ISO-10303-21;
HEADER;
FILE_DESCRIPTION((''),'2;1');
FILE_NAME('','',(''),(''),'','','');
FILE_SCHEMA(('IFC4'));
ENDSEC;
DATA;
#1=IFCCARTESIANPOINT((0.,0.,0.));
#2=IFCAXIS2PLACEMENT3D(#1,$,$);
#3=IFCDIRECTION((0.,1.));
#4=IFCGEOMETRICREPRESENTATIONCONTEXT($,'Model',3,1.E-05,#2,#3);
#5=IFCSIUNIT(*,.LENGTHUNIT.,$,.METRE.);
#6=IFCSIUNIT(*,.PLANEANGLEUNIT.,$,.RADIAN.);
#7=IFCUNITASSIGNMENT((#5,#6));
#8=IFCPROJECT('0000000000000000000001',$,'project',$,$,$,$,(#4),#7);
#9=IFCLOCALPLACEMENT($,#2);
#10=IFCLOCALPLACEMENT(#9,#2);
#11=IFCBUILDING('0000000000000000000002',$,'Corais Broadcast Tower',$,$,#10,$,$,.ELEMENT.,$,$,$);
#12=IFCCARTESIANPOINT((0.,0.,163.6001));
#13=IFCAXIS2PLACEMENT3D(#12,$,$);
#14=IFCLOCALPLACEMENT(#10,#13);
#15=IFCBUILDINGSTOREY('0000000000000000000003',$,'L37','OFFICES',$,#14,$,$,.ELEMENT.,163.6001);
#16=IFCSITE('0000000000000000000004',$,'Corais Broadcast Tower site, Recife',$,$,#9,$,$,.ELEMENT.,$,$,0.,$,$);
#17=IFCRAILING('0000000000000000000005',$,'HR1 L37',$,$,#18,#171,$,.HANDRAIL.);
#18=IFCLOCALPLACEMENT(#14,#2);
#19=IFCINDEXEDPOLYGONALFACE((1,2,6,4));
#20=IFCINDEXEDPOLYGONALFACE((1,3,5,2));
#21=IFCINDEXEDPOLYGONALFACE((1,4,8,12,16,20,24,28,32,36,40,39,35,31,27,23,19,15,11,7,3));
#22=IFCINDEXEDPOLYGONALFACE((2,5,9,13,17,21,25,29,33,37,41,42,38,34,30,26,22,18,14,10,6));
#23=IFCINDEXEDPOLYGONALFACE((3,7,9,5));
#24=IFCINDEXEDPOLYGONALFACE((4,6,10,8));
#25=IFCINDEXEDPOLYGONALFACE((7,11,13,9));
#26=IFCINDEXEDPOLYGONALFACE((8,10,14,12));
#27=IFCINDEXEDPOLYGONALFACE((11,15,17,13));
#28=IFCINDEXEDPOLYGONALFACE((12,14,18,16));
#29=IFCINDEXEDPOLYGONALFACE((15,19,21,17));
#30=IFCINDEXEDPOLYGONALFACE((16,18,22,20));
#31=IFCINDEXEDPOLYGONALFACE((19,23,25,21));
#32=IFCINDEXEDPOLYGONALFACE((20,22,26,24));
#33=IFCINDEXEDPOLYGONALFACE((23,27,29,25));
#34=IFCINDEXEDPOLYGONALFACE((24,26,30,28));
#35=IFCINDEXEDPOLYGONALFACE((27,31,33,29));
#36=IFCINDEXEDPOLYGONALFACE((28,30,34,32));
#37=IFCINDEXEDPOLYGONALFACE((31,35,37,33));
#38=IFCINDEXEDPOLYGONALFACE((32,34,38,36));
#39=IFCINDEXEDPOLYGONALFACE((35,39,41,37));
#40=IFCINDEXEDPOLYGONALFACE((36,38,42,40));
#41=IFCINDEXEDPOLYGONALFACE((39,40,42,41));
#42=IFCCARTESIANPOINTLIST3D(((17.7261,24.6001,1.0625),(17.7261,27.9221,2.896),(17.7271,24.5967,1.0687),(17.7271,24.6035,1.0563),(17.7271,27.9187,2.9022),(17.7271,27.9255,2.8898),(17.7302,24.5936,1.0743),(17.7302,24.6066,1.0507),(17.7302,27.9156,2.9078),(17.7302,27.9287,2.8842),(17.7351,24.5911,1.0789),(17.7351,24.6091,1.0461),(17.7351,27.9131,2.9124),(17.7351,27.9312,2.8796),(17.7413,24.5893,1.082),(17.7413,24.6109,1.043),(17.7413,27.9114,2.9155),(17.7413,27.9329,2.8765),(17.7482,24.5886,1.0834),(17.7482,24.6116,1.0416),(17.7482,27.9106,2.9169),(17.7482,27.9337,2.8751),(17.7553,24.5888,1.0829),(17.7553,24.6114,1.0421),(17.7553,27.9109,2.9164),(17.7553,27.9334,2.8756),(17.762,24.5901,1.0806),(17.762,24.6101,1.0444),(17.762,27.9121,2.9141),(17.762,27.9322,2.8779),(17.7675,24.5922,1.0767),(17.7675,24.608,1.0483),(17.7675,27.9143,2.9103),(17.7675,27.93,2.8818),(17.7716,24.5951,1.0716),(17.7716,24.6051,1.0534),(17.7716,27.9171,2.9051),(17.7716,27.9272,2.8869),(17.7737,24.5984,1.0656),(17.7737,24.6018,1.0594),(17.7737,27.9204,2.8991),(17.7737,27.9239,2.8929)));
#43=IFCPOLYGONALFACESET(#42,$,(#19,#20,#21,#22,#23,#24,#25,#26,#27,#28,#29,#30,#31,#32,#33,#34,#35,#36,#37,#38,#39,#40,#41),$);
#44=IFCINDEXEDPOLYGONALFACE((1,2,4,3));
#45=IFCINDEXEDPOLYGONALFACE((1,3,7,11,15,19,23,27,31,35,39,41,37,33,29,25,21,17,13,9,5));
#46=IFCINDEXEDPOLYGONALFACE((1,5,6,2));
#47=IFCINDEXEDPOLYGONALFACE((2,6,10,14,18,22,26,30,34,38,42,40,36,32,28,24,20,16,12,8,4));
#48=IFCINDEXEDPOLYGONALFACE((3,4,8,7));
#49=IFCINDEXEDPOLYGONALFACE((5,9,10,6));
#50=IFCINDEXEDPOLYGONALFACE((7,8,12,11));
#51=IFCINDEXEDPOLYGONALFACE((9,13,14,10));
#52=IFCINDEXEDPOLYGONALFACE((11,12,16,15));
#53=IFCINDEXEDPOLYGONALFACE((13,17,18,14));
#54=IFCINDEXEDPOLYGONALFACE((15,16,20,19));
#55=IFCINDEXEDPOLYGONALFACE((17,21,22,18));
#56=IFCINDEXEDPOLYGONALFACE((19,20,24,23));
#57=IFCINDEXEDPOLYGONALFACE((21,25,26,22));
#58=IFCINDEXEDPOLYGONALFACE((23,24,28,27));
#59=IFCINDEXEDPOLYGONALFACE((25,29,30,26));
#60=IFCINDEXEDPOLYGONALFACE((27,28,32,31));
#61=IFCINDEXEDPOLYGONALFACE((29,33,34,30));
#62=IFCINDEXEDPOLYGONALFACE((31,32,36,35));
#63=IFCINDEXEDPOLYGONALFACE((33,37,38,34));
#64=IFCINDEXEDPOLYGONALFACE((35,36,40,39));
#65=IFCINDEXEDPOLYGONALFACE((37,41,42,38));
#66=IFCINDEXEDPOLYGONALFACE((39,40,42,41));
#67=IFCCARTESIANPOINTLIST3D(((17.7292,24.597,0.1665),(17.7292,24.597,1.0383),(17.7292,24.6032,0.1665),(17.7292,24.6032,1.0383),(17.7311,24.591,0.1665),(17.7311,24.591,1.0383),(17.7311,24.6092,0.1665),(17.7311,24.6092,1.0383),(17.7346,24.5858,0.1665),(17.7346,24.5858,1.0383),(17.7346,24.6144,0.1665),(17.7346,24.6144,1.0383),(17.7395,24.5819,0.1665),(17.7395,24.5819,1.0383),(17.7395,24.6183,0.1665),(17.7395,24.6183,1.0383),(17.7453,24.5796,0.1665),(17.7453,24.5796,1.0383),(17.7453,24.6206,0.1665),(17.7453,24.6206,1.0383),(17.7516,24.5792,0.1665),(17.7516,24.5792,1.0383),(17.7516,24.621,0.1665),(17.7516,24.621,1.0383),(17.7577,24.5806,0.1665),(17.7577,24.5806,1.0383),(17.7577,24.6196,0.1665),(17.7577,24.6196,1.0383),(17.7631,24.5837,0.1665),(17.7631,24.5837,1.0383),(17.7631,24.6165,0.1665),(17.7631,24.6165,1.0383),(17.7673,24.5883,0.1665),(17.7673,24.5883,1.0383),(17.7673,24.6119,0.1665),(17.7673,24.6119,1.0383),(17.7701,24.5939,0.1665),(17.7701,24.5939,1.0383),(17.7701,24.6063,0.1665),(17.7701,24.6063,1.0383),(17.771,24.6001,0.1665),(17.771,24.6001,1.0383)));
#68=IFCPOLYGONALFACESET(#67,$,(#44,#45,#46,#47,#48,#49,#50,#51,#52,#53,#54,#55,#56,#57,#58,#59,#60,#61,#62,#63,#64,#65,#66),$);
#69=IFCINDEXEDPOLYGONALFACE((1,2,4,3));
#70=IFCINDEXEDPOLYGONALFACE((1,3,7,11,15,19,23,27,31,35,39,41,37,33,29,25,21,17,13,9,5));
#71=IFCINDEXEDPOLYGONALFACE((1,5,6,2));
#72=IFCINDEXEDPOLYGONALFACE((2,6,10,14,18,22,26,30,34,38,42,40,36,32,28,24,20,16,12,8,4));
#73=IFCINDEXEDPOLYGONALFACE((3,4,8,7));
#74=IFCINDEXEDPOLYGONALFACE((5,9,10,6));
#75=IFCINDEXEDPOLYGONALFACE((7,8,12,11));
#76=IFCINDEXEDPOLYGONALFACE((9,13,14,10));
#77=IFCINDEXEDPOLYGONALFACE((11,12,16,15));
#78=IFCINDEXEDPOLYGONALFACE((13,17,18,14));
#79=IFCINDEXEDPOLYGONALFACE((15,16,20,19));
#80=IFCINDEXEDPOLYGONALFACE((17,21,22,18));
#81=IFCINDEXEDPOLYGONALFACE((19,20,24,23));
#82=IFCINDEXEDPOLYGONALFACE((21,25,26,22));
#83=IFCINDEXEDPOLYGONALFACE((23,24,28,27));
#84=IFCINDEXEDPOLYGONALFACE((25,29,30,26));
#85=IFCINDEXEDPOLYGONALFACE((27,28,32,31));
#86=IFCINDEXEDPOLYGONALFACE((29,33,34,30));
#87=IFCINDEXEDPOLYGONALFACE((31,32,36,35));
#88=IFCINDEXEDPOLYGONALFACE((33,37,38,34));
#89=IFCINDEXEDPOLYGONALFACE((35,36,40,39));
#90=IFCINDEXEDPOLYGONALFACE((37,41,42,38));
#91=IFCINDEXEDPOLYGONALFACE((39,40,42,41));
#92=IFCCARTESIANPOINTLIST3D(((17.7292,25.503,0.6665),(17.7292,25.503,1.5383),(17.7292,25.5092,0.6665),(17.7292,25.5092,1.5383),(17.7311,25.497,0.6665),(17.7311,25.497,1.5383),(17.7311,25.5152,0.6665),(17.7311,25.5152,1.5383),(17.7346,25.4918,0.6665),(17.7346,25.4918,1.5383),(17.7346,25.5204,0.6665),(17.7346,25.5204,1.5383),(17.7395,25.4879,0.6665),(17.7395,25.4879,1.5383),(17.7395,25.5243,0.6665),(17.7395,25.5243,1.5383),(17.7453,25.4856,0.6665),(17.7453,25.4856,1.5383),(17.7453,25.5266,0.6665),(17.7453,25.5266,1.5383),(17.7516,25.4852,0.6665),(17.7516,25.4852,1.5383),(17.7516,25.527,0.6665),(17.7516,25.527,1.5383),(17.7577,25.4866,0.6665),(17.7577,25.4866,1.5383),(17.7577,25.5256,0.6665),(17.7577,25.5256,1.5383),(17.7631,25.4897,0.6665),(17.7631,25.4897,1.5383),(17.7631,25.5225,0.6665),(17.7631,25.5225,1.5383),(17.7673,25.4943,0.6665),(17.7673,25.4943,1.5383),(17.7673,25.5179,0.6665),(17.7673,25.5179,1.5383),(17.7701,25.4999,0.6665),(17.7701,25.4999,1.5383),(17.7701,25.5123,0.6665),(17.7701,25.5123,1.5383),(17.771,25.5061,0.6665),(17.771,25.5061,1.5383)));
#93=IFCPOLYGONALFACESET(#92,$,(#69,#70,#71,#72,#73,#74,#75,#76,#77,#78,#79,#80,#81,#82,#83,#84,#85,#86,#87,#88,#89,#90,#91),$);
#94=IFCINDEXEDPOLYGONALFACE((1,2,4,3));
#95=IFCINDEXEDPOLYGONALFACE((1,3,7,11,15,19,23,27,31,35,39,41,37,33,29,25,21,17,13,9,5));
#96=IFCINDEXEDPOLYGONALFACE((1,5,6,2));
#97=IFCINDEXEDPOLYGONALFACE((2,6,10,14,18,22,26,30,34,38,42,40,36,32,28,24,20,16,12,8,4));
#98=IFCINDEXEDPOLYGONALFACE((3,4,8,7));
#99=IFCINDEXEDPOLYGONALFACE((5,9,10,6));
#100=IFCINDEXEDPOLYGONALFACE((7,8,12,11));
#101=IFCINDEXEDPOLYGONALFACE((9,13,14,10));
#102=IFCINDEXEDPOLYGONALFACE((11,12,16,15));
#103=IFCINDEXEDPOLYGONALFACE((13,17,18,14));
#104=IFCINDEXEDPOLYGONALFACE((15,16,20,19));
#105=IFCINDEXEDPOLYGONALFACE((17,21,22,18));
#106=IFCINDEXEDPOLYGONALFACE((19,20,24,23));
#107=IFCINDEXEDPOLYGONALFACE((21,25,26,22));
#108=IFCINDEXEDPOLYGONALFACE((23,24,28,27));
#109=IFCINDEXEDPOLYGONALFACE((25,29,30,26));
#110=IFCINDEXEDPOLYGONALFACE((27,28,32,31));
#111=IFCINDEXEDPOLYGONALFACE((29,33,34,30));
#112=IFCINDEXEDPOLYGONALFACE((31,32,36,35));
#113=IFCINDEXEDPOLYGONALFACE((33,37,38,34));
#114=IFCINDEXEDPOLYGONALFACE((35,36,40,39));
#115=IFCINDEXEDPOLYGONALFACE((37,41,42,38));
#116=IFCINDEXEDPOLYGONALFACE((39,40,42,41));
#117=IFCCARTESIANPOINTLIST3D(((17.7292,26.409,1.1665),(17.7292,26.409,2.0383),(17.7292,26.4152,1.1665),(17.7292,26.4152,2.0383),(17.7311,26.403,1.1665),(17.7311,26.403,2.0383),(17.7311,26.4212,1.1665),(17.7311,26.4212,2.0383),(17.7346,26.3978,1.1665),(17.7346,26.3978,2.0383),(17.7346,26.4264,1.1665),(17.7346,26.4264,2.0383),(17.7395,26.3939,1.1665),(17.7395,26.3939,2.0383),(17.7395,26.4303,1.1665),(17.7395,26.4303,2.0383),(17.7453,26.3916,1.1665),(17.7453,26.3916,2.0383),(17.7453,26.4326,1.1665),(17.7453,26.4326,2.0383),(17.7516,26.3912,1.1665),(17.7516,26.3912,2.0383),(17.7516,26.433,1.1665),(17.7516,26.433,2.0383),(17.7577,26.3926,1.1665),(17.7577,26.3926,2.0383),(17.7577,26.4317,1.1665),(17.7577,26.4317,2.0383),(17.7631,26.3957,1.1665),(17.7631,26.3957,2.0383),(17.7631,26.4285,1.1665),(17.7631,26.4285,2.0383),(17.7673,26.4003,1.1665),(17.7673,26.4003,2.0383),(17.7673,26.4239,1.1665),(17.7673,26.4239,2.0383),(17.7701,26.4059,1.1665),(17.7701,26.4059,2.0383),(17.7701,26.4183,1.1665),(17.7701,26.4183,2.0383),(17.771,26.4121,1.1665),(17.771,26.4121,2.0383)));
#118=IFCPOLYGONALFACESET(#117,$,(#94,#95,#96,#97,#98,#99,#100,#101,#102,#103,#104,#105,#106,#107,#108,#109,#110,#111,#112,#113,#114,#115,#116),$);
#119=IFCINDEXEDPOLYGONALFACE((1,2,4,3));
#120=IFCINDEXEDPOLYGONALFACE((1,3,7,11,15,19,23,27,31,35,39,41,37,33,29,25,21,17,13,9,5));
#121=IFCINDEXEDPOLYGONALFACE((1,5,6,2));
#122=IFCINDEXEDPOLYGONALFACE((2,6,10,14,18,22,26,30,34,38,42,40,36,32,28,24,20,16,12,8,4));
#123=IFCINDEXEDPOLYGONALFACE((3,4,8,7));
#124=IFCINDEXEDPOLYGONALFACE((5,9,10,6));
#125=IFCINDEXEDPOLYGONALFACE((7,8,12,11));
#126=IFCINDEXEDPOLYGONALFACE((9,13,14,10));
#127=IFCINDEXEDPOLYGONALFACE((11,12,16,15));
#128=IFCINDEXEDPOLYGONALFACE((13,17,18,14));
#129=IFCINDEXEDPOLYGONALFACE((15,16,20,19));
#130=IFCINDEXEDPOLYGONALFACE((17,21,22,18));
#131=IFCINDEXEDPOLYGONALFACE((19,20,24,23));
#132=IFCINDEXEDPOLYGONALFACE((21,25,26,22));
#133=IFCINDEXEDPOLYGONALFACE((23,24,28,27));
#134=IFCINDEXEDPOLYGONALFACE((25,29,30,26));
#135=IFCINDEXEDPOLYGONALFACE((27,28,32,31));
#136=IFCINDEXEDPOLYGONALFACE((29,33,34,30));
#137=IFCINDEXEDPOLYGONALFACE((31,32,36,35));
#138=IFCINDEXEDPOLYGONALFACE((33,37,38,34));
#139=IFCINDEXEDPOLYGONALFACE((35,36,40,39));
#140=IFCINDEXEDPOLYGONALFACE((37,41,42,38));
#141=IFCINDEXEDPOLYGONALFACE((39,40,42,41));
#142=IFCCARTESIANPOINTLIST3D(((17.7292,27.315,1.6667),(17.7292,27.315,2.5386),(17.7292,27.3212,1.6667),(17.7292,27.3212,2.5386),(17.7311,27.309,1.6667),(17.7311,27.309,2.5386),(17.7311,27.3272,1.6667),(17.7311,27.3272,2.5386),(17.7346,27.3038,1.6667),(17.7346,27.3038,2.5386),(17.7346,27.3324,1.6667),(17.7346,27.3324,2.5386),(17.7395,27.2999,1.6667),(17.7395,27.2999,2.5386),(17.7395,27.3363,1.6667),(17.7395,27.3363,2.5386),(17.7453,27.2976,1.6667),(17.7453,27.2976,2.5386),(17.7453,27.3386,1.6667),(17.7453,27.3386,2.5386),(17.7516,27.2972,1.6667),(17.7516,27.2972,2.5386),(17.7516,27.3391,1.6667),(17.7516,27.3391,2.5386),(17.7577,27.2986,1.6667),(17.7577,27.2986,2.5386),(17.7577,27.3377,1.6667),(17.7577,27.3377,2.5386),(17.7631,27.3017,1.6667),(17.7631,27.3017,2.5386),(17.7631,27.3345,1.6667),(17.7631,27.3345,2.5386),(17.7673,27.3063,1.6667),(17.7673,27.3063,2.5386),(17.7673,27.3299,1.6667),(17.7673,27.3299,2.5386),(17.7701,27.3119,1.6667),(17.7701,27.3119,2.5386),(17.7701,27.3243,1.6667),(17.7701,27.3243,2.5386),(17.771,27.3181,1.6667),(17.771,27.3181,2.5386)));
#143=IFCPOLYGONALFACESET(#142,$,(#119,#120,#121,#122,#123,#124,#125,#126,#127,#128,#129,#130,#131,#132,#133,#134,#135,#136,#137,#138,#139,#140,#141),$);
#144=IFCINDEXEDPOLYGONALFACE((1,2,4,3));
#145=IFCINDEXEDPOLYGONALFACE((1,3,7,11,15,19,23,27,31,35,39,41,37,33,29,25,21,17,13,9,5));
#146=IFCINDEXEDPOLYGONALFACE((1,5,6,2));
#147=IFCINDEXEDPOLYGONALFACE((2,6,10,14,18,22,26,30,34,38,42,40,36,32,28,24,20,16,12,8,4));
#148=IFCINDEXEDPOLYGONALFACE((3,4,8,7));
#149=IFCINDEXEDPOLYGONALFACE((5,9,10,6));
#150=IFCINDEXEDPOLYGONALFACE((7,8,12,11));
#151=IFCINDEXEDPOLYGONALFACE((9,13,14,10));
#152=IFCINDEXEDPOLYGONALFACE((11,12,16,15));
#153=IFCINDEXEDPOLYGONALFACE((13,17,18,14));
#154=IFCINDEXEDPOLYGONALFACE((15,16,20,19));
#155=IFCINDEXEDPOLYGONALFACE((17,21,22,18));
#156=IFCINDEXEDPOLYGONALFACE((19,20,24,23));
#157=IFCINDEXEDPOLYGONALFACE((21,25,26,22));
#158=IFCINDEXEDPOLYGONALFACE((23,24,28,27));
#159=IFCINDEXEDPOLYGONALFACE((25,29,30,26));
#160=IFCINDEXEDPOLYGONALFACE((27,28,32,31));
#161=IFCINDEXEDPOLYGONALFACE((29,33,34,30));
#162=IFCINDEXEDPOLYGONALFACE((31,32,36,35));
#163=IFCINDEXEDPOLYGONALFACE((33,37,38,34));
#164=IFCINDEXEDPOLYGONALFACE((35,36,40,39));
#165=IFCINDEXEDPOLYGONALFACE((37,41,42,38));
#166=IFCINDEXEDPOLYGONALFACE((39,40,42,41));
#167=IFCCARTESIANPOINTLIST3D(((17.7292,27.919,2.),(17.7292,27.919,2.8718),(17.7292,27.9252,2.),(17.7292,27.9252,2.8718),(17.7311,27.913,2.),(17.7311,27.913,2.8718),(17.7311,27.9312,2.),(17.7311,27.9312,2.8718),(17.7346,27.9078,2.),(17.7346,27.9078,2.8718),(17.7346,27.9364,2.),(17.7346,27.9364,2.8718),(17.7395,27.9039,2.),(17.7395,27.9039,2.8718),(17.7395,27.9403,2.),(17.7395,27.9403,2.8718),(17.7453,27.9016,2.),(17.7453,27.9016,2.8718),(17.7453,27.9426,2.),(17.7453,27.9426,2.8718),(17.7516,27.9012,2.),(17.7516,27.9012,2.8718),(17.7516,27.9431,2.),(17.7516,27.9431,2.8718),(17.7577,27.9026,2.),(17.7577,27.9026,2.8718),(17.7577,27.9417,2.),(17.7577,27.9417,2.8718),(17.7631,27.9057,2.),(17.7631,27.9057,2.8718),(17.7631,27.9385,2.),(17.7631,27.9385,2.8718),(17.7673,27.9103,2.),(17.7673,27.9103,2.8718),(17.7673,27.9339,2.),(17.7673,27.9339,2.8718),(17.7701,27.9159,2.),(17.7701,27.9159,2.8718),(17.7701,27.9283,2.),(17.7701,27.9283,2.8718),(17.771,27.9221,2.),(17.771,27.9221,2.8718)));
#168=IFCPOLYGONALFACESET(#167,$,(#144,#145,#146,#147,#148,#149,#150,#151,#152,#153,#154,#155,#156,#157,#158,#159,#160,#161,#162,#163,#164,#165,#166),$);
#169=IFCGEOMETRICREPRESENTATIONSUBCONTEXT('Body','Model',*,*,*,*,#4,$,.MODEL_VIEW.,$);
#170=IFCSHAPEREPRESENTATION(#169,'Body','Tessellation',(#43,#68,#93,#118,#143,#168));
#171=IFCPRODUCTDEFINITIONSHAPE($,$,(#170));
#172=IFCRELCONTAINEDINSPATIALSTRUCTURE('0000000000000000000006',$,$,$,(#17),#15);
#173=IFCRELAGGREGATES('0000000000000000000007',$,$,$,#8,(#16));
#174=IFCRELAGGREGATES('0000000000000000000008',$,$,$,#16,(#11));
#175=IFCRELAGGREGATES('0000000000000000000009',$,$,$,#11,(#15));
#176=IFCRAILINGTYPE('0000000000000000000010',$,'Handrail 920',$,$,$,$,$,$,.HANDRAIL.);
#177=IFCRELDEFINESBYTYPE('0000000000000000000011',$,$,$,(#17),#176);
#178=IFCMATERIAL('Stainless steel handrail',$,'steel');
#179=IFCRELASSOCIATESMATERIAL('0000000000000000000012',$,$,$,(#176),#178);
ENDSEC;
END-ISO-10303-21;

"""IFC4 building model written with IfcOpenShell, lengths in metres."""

from ifc_helpers import new_model, si_unit, direction, frame, origin, origin_2d, place, context, subcontext, project, spatial, circle, extrude, material, type_object, element, save


model = new_model("IFC4")

# Units and contexts
model_context = context("Model", 3, precision=1e-05, world=origin(), true_north=direction((0.0, 1.0)))
body_context = subcontext(model_context, "Body", "Model", "MODEL_VIEW")
ifc_project = project(units=[si_unit("LENGTHUNIT", "METRE"), si_unit("PLANEANGLEUNIT", "RADIAN")], contexts=[model_context])

# Site, building, storey
site_placement = place(None, origin())
site = spatial("IfcSite", under=ifc_project, at=site_placement, Name="Corais Broadcast Tower site, Recife", CompositionType="ELEMENT", RefElevation=0.0)
building_placement = place(site_placement, origin())
building = spatial("IfcBuilding", under=site, at=building_placement, Name="Corais Broadcast Tower", CompositionType="ELEMENT")
storey_placement = place(building_placement, frame((0.0, 0.0, 163.6001)))
storey = spatial("IfcBuildingStorey", under=building, at=storey_placement, Name="L37", Description="OFFICES", CompositionType="ELEMENT", Elevation=163.6001)

# Railing
ifc_material_1 = material(Name="Stainless steel handrail", Category="steel")
railing_type = type_object("IfcRailingType", Name="Handrail 920", PredefinedType="HANDRAIL", material=ifc_material_1)
for number, where, name in (
    (1, (17.75, 24.6001, 0.1665), "HR1 L37"),
):
    element("IfcRailing", number, at=place(storey_placement, frame(where)), inside=storey, type_object=railing_type, Name=name, PredefinedType="HANDRAIL", context=body_context, shape_type="SweptSolid", body=[
        extrude(circle(Radius=0.0239, at=origin_2d()), frame((0.0, 0.0, 0.896), z_axis=(0.0, 0.875504, 0.48321), x_axis=(-1.0, 0.0, 0.0)), (0.0, 0.0, 1.0), 3.7944),
        extrude(circle(Radius=0.021, at=origin_2d()), origin(), (0.0, 0.0, 1.0), 0.8718),
        extrude(circle(Radius=0.021, at=origin_2d()), frame((0.0, 0.906, 0.5)), (0.0, 0.0, 1.0), 0.8718),
        extrude(circle(Radius=0.021, at=origin_2d()), frame((0.0, 1.812, 1.0)), (0.0, 0.0, 1.0), 0.8718),
        extrude(circle(Radius=0.021, at=origin_2d()), frame((0.0, 2.718, 1.5002)), (0.0, 0.0, 1.0), 0.8718),
        extrude(circle(Radius=0.021, at=origin_2d()), frame((0.0, 3.322, 1.8335)), (0.0, 0.0, 1.0), 0.8718),
    ])

save(model, "model.ifc")
